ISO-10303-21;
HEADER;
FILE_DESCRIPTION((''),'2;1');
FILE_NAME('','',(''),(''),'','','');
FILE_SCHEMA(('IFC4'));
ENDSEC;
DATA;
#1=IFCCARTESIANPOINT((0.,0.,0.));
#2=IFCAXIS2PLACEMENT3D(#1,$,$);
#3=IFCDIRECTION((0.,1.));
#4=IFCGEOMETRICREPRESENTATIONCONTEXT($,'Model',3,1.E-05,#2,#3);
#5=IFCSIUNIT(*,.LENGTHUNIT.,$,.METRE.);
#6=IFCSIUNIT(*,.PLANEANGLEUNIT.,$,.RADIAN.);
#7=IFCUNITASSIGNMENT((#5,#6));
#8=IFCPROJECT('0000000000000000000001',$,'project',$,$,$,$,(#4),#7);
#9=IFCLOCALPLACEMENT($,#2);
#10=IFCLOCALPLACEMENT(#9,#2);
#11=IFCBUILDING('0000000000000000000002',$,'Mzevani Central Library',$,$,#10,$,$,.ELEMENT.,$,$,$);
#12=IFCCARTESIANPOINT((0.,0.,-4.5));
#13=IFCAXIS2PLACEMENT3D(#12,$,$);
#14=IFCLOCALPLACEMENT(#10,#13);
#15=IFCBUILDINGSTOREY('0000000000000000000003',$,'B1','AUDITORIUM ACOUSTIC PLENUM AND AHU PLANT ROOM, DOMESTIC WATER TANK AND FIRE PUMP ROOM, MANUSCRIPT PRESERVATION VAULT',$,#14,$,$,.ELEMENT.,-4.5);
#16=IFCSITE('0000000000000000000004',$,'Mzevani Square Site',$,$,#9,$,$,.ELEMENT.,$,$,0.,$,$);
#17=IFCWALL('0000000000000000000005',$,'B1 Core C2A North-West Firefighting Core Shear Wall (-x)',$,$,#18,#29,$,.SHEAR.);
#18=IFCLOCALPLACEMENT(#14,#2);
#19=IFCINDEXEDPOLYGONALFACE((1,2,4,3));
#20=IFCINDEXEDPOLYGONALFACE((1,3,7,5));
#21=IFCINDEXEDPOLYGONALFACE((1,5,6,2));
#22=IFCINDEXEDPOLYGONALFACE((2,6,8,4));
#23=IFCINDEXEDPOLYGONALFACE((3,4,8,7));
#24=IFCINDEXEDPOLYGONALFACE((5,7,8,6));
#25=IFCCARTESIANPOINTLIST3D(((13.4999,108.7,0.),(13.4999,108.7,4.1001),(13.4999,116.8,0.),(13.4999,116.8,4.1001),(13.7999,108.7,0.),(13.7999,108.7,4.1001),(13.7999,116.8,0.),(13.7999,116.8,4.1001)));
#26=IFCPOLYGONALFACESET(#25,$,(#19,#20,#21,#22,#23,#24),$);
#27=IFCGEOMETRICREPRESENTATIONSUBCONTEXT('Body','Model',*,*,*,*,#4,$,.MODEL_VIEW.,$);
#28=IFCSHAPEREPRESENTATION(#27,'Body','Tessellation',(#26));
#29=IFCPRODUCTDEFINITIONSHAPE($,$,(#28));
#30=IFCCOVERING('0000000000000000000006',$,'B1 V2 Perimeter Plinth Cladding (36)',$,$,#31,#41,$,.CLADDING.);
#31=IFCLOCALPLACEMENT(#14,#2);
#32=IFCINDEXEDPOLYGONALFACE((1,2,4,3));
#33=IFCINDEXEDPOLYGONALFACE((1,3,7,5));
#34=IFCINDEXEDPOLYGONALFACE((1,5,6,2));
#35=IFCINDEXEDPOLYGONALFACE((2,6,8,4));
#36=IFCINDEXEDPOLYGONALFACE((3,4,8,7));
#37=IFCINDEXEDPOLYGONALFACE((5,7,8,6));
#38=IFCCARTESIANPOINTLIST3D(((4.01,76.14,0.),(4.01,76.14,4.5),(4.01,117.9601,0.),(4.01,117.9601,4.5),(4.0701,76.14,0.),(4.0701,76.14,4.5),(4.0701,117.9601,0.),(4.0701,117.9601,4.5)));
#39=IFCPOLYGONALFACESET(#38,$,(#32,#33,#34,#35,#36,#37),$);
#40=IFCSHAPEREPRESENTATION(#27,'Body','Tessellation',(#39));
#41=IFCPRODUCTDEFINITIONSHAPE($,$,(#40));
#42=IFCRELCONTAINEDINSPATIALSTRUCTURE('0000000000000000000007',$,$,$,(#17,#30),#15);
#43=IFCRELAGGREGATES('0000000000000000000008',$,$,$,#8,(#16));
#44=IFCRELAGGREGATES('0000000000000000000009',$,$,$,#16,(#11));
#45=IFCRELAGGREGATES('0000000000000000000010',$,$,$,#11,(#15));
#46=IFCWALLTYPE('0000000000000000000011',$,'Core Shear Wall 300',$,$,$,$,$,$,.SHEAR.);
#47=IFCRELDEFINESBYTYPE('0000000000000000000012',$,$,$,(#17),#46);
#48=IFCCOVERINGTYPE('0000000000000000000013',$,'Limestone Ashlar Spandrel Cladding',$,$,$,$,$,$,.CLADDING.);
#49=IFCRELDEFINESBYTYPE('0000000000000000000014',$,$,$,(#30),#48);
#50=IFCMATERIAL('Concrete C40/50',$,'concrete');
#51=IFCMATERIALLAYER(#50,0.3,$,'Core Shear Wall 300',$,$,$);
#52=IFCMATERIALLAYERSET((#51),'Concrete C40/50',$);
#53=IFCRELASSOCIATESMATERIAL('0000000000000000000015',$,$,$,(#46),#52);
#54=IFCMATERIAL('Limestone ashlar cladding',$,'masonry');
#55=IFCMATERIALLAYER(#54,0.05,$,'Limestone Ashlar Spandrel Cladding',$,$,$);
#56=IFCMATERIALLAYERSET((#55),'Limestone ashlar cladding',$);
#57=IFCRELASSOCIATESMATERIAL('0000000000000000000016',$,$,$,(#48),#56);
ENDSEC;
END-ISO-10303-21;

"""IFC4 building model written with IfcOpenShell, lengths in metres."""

from ifc_helpers import new_model, si_unit, direction, frame, frame_2d, origin, origin_2d, place, context, subcontext, project, spatial, rectangle, extrude, material, layer, layer_set, type_object, element, save


model = new_model("IFC4")

# Units and contexts
model_context = context("Model", 3, precision=1e-05, world=origin(), true_north=direction((0.0, 1.0)))
body_context = subcontext(model_context, "Body", "Model", "MODEL_VIEW")
ifc_project = project(units=[si_unit("LENGTHUNIT", "METRE"), si_unit("PLANEANGLEUNIT", "RADIAN")], contexts=[model_context])

# Site, building, storey
site_placement = place(None, origin())
site = spatial("IfcSite", under=ifc_project, at=site_placement, Name="Mzevani Square Site", CompositionType="ELEMENT", RefElevation=0.0)
building_placement = place(site_placement, origin())
building = spatial("IfcBuilding", under=site, at=building_placement, Name="Mzevani Central Library", CompositionType="ELEMENT")
storey_placement = place(building_placement, frame((0.0, 0.0, -4.5)))
storey = spatial("IfcBuildingStorey", under=building, at=storey_placement, Name="B1", Description="AUDITORIUM ACOUSTIC PLENUM AND AHU PLANT ROOM, DOMESTIC WATER TANK AND FIRE PUMP ROOM, MANUSCRIPT PRESERVATION VAULT", CompositionType="ELEMENT", Elevation=-4.5)

# Shared definitions
ifc_material_1 = material(Name="Concrete C40/50", Category="concrete")

# Wall
ifc_layer_1 = layer(ifc_material_1, 0.3, Name="Core Shear Wall 300")
ifc_layer_set_1 = layer_set([ifc_layer_1], Name="Concrete C40/50")
wall_type_1 = type_object("IfcWallType", Name="Core Shear Wall 300", PredefinedType="SHEAR", material=ifc_layer_set_1)
wall_1_placement = place(storey_placement, frame((13.6499, 108.7, 0.0), z_axis=(0.0, 0.0, 1.0), x_axis=(0.0, 1.0, 0.0)))
element("IfcWall", 1, at=wall_1_placement, inside=storey, type_object=wall_type_1, Name="B1 Core C2A North-West Firefighting Core Shear Wall (-x)", PredefinedType="SHEAR", context=body_context, shape_type="SweptSolid", body=[
    extrude(rectangle(XDim=8.1001, YDim=0.3, at=frame_2d((4.05, 0.0))), origin(), (0.0, 0.0, 1.0), 4.1001),
])

# Covering
ifc_material_2 = material(Name="Limestone ashlar cladding", Category="masonry")
ifc_layer_2 = layer(ifc_material_2, 0.05, Name="Limestone Ashlar Spandrel Cladding")
ifc_layer_set_2 = layer_set([ifc_layer_2], Name="Limestone ashlar cladding")
covering_type = type_object("IfcCoveringType", Name="Limestone Ashlar Spandrel Cladding", PredefinedType="CLADDING", material=ifc_layer_set_2)
covering_placement = place(storey_placement, frame((4.04, 97.05, 0.0), z_axis=(0.0, 0.0, 1.0), x_axis=(0.0, 1.0, 0.0)))
element("IfcCovering", 2, at=covering_placement, inside=storey, type_object=covering_type, Name="B1 V2 Perimeter Plinth Cladding (36)", PredefinedType="CLADDING", context=body_context, shape_type="SweptSolid", body=[
    extrude(rectangle(XDim=41.8201, YDim=0.0601, at=origin_2d()), origin(), (0.0, 0.0, 1.0), 4.5),
])

save(model, "model.ifc")
